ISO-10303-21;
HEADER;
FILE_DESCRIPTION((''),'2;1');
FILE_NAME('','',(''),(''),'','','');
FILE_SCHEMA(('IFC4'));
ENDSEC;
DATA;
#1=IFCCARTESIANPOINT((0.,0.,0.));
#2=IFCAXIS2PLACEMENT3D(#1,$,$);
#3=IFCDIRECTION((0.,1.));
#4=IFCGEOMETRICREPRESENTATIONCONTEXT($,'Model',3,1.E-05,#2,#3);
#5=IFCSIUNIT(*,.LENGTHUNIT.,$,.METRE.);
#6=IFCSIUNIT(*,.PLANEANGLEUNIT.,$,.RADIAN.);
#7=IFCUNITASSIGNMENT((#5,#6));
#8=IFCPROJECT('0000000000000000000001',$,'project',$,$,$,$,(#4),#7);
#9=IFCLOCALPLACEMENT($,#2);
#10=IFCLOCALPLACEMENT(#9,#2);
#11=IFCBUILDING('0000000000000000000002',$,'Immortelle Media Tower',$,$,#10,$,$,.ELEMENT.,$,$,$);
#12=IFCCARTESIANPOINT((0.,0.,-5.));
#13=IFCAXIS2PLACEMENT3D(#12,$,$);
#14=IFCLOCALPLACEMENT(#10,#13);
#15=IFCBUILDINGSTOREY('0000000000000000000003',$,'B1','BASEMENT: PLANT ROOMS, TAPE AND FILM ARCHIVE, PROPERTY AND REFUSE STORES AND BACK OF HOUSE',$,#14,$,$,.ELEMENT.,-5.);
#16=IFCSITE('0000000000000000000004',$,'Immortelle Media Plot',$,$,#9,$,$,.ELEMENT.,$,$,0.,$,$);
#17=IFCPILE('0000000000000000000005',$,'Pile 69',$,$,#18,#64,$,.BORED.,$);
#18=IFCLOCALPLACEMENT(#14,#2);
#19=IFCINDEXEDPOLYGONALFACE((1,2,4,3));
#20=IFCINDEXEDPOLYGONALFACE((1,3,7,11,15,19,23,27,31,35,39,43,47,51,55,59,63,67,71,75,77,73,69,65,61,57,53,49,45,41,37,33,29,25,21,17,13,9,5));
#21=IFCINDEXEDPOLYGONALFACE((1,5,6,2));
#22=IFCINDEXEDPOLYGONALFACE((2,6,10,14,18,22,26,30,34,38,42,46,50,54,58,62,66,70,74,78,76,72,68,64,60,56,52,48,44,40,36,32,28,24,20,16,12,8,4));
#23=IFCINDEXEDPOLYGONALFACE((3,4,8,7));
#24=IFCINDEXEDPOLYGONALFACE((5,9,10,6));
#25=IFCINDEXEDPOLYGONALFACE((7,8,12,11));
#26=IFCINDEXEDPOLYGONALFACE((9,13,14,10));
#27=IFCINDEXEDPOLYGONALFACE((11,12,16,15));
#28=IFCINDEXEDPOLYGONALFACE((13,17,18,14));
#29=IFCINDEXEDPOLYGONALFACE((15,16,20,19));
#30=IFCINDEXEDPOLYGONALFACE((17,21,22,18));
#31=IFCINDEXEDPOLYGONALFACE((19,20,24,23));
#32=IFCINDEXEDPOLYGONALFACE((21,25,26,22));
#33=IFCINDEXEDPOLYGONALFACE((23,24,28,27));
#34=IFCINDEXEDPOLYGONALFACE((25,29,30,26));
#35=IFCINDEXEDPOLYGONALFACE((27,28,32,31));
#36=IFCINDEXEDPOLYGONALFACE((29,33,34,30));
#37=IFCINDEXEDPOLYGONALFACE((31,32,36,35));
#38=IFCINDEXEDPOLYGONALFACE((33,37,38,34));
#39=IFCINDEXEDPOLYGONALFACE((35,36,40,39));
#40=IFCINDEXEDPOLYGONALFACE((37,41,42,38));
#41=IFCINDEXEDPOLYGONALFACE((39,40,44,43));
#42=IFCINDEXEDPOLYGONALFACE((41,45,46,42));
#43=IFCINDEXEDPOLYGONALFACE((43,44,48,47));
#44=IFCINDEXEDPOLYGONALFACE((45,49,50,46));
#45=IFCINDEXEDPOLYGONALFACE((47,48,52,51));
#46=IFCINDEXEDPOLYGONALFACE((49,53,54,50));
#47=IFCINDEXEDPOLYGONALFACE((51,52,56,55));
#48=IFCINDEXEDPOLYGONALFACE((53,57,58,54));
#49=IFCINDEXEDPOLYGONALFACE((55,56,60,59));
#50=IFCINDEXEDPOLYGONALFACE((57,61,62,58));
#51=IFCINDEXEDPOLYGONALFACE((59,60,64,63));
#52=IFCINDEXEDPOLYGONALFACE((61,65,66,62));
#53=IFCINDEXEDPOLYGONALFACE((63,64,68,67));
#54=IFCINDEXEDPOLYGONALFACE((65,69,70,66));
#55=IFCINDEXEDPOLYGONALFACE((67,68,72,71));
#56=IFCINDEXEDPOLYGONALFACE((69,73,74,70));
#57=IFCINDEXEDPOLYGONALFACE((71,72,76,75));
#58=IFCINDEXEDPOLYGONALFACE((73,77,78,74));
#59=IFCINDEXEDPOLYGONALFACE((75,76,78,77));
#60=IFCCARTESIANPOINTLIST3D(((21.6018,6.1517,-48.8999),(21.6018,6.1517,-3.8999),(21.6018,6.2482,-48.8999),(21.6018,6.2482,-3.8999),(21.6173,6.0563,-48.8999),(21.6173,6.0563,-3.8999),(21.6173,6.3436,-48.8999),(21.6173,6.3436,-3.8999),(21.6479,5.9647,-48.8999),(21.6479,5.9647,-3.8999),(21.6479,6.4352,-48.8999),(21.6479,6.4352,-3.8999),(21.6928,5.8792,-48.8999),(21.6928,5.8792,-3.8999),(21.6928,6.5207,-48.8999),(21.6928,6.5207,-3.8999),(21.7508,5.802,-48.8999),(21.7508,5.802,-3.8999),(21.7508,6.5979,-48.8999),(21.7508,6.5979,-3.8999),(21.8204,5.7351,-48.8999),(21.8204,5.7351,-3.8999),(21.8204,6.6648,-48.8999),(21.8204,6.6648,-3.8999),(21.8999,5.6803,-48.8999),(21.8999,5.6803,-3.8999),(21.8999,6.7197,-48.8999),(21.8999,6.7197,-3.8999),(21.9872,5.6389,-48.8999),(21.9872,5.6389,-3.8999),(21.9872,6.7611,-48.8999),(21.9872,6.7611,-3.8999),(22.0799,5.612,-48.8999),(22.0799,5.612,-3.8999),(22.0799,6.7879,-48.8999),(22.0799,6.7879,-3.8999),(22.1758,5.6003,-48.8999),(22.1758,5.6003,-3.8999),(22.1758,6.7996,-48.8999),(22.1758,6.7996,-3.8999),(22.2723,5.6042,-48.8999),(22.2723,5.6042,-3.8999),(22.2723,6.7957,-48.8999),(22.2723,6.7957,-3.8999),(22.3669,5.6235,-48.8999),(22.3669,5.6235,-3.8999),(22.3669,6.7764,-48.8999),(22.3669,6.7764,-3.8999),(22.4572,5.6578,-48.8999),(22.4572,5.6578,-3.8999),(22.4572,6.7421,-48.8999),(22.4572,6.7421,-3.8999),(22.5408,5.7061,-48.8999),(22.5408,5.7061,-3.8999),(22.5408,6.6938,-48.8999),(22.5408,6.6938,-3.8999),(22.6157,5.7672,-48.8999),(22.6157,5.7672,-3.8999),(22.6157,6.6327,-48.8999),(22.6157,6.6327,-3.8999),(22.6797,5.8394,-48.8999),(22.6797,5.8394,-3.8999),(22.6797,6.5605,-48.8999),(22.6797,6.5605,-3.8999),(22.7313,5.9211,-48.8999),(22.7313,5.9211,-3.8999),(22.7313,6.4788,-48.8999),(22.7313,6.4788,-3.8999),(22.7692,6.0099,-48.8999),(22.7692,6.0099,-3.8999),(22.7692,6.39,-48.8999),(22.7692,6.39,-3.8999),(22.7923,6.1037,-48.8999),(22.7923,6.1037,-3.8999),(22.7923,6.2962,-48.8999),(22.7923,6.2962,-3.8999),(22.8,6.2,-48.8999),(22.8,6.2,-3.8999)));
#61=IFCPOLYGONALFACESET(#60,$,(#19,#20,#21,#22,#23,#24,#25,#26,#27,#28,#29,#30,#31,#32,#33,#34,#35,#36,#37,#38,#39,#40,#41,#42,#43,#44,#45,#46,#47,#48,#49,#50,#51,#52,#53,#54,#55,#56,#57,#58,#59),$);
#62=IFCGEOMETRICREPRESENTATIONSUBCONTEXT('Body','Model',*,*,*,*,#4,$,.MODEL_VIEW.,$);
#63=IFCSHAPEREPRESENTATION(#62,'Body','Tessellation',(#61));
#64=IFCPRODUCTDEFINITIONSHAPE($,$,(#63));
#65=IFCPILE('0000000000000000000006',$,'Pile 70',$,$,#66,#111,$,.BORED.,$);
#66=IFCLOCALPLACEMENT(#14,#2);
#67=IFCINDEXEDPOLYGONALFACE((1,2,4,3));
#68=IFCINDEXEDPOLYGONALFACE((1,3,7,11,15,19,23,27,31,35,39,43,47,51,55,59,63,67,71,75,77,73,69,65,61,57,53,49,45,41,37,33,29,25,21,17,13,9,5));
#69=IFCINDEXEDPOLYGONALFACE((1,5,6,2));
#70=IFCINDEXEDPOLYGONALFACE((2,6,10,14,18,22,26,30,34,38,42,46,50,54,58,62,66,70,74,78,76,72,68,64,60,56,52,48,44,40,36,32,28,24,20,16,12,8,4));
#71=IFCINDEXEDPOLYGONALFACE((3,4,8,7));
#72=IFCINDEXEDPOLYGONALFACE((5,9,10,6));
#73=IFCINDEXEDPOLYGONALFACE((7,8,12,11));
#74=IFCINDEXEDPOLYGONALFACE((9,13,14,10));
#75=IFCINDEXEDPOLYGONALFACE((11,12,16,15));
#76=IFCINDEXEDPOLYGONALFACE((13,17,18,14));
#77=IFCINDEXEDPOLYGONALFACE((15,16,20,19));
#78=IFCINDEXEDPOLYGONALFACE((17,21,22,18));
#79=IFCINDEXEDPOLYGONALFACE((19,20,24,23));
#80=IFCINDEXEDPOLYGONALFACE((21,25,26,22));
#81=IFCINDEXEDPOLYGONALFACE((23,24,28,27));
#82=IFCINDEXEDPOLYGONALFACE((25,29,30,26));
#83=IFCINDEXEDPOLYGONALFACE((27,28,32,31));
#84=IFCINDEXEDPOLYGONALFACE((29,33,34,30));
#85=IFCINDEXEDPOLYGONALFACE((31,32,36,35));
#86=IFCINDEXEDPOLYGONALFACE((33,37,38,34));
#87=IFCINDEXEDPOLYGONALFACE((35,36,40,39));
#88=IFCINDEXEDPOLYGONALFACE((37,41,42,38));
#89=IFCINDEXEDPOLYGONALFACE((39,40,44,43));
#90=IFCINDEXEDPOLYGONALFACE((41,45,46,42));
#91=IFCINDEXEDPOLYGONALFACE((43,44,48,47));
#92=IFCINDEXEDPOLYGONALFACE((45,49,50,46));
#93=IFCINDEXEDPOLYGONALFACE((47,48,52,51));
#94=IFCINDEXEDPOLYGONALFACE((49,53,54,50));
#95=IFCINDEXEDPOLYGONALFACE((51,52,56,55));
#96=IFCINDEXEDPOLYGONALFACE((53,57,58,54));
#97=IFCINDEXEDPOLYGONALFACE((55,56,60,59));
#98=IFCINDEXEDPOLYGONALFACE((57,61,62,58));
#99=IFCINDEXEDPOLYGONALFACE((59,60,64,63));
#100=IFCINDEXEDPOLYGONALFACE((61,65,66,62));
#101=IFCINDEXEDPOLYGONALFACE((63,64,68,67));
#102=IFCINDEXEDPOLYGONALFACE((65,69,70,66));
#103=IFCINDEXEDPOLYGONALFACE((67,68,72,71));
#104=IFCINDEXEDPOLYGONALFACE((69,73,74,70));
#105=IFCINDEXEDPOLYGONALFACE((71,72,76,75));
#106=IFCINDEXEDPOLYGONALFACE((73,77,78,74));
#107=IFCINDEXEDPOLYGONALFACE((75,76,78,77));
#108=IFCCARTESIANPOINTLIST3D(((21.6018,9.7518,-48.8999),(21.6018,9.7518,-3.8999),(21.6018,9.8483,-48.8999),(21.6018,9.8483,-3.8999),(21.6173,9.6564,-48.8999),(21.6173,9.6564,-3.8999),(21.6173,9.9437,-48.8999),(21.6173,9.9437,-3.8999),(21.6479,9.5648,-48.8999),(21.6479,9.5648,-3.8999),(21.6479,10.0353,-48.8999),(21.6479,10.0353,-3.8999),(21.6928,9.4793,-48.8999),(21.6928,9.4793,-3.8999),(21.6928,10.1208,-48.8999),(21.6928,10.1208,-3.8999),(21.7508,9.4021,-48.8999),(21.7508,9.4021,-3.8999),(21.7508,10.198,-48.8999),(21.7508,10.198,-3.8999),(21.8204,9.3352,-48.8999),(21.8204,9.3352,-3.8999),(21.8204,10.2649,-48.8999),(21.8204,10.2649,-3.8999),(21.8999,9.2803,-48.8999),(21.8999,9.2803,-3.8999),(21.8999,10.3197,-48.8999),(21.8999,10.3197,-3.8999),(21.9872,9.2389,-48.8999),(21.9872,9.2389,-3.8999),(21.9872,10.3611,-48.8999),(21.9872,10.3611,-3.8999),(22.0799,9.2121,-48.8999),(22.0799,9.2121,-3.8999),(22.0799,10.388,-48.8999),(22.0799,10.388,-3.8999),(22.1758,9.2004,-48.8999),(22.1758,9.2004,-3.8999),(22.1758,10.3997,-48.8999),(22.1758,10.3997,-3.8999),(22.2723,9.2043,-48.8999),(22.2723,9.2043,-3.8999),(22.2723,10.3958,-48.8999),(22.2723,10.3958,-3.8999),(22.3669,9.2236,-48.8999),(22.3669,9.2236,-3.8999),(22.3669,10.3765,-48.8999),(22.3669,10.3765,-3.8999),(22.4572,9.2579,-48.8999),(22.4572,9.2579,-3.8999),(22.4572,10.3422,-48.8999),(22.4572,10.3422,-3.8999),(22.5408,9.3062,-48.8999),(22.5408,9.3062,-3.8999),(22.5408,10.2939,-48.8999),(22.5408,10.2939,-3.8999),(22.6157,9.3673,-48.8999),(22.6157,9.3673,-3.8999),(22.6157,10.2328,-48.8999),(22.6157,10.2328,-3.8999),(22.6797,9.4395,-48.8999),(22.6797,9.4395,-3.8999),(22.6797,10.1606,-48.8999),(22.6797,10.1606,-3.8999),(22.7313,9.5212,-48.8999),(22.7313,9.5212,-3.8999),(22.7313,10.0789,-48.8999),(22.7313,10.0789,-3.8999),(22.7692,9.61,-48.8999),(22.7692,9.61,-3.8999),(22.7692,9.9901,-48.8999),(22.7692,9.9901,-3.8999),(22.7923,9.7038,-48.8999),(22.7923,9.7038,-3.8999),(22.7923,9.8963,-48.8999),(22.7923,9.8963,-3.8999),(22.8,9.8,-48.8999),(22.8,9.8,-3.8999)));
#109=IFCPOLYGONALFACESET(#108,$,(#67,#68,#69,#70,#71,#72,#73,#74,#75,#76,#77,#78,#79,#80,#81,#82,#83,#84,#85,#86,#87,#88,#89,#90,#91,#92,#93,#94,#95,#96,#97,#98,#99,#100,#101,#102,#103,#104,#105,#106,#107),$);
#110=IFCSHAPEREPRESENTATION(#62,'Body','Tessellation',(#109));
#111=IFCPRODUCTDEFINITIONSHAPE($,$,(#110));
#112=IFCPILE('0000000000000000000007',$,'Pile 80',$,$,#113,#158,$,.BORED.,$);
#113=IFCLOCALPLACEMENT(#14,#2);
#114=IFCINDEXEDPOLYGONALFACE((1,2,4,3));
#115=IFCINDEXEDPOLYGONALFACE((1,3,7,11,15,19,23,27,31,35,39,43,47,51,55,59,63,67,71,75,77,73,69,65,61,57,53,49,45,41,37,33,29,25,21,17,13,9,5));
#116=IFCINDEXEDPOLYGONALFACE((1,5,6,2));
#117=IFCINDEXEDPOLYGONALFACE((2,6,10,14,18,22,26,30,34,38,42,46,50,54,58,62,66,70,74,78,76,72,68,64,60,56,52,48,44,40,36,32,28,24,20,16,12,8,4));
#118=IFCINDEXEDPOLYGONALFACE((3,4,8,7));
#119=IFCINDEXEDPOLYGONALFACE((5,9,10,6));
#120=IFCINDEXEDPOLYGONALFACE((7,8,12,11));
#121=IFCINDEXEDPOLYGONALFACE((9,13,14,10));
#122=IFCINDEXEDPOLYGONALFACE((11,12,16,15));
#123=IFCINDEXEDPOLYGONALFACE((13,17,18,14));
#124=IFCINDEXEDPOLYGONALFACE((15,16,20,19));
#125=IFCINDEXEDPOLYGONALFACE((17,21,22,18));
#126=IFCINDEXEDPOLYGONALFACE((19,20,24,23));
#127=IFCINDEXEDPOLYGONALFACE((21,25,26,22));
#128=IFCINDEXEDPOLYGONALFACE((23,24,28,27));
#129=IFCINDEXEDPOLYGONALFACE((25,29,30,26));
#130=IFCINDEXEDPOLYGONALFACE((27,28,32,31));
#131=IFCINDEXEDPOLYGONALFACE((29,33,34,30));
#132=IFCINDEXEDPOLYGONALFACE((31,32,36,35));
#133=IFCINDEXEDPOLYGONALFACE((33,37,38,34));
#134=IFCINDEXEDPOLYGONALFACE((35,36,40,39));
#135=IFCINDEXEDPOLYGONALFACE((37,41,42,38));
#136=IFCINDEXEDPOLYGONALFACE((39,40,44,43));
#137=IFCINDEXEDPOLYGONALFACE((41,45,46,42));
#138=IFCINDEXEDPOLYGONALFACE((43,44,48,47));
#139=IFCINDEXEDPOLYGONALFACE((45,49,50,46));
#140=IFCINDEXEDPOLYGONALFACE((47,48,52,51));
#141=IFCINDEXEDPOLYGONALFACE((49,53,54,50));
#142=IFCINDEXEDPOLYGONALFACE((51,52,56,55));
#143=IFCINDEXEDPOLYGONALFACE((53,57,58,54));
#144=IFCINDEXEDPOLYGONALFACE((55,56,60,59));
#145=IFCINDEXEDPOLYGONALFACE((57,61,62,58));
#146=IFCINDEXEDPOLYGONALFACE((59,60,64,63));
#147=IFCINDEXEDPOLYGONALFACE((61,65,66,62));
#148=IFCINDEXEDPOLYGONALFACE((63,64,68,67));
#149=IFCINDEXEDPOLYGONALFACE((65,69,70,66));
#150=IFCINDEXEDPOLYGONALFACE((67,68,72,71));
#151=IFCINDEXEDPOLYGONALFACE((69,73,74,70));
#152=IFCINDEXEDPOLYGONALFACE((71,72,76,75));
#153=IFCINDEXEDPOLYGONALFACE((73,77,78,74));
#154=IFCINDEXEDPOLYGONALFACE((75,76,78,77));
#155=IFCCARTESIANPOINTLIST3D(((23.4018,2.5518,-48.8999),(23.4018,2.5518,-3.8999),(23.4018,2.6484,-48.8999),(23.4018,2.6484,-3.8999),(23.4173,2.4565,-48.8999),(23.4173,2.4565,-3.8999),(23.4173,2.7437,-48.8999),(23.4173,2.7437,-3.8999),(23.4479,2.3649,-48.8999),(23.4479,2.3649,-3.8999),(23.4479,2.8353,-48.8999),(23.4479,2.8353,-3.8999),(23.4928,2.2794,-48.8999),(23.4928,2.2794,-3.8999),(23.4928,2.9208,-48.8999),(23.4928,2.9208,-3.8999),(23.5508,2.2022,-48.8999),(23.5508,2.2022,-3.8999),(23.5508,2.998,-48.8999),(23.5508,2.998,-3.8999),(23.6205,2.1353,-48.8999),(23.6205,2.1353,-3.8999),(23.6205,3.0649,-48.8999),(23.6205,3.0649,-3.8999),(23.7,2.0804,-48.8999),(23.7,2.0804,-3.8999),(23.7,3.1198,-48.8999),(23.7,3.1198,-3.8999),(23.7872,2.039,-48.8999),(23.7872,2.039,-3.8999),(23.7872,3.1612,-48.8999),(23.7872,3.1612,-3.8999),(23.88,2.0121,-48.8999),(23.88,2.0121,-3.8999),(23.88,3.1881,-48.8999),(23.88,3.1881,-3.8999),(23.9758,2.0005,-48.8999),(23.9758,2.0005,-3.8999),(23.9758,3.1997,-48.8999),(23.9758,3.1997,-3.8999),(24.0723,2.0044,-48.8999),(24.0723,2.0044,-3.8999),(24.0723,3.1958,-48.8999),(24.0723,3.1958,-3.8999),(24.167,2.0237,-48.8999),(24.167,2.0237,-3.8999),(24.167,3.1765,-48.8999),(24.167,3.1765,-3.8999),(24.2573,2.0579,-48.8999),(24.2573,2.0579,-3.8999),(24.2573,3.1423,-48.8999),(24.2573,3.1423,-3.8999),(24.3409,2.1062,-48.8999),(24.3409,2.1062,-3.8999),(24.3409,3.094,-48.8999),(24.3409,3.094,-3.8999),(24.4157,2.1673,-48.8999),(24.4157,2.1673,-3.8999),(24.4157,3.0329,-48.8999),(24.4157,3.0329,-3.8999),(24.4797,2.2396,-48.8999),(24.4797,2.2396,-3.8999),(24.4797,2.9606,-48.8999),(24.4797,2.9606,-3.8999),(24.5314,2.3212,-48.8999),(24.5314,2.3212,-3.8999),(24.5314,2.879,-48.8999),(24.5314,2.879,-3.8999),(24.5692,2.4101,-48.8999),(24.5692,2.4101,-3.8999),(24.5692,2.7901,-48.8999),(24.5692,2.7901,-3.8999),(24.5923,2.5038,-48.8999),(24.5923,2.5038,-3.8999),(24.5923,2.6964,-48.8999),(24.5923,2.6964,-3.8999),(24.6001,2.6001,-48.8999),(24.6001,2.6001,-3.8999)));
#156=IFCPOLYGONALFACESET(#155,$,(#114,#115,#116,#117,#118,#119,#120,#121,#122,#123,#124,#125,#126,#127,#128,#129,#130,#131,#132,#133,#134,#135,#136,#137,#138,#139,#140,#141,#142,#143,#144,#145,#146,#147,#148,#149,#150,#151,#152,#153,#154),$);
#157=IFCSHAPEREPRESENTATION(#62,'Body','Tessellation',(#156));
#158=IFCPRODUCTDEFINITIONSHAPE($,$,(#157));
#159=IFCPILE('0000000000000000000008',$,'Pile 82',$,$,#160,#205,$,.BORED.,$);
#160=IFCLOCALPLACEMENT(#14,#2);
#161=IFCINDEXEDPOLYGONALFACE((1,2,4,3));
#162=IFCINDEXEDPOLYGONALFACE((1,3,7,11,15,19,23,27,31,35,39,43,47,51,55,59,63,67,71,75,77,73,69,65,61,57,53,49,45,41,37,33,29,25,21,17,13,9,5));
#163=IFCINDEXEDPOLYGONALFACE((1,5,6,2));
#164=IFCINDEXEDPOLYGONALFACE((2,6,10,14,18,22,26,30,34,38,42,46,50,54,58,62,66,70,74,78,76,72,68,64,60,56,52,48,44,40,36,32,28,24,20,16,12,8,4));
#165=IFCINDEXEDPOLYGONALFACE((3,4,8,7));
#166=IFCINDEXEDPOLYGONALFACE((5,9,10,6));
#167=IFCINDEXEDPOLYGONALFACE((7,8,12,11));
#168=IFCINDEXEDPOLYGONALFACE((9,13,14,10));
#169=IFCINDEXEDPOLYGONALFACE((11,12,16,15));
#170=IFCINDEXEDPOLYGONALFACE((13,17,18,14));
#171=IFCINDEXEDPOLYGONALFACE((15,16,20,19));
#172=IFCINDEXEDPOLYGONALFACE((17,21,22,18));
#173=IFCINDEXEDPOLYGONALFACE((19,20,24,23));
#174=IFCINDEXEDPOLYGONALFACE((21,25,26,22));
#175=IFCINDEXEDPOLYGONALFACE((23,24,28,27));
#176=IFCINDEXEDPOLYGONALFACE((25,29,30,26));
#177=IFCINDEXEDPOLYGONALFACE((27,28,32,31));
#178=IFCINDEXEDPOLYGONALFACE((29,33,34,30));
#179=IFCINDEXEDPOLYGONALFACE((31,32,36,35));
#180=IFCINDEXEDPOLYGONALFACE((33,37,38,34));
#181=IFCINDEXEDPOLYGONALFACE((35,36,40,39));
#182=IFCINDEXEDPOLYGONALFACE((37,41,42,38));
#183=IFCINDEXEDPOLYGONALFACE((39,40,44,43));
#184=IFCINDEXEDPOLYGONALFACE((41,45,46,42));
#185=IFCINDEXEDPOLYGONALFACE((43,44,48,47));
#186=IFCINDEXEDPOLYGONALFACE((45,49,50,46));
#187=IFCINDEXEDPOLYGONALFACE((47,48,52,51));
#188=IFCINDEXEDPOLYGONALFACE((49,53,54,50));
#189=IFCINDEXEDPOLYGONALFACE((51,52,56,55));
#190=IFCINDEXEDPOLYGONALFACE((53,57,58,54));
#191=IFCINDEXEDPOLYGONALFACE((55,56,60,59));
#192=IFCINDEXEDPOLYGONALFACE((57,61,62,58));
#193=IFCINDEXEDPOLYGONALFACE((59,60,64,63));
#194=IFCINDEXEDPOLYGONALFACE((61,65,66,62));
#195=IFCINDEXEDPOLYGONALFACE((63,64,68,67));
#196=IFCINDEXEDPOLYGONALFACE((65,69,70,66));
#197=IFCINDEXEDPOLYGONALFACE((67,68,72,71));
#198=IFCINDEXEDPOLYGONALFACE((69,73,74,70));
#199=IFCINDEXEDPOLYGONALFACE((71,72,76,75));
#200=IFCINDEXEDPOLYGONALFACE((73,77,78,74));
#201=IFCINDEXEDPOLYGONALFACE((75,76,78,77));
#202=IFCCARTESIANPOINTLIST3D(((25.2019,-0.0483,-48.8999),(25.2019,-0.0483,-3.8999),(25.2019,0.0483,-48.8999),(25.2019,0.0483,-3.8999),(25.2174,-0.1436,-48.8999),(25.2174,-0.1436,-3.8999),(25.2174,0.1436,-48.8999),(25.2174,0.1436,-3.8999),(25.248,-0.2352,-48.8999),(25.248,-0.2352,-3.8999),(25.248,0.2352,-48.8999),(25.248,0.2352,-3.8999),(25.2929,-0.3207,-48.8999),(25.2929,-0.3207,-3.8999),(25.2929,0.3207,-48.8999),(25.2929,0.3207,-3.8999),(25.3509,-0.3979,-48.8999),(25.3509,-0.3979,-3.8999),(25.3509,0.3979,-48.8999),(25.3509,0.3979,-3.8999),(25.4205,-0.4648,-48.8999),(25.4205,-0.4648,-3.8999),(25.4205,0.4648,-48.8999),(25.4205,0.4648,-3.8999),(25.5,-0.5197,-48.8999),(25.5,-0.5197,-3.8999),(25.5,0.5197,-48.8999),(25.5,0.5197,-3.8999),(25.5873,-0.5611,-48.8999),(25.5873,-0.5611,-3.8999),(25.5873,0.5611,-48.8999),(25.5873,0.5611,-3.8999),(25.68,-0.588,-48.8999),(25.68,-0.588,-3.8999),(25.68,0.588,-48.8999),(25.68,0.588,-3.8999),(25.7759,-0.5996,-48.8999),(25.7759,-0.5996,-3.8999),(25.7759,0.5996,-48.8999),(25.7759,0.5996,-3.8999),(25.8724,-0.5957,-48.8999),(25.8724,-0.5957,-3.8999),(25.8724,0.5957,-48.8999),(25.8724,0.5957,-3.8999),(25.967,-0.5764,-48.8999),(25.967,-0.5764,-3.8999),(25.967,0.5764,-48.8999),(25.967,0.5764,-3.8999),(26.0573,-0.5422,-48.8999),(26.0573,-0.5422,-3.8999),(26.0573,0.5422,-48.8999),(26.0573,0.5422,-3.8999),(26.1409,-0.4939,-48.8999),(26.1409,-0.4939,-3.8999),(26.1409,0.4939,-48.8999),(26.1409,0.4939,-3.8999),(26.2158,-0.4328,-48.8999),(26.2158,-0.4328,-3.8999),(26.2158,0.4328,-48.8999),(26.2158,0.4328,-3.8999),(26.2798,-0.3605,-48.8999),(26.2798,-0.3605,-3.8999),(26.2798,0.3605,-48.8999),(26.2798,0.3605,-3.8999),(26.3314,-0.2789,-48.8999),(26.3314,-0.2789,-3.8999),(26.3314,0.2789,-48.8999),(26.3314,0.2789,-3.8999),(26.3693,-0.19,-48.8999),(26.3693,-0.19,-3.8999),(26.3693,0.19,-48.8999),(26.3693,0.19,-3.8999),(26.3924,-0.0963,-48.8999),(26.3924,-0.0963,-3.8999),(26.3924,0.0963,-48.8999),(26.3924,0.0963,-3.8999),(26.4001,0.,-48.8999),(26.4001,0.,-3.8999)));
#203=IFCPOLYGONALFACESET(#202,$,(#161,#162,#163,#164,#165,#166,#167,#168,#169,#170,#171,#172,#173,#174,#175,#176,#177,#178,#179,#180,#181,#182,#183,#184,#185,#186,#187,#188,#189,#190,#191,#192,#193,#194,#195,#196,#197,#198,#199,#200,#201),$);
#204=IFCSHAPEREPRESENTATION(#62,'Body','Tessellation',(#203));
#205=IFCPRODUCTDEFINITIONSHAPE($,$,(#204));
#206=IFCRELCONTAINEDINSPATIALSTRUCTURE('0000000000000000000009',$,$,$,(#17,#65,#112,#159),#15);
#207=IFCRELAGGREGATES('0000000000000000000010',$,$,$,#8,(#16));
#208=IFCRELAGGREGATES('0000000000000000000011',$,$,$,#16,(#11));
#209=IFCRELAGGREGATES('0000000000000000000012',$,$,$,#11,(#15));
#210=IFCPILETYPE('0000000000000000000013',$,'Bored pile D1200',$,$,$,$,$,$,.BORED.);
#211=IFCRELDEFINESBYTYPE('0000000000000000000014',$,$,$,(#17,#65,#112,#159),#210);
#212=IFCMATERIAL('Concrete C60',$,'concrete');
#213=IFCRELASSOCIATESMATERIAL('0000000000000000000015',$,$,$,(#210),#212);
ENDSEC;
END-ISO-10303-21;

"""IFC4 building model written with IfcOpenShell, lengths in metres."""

from ifc_helpers import new_model, si_unit, direction, frame, origin, origin_2d, place, context, subcontext, project, spatial, circle, extrude, material, material_profile, profile_set, type_object, element, save


model = new_model("IFC4")

# Units and contexts
model_context = context("Model", 3, precision=1e-05, world=origin(), true_north=direction((0.0, 1.0)))
body_context = subcontext(model_context, "Body", "Model", "MODEL_VIEW")
ifc_project = project(units=[si_unit("LENGTHUNIT", "METRE"), si_unit("PLANEANGLEUNIT", "RADIAN")], contexts=[model_context])

# Site, building, storey
site_placement = place(None, origin())
site = spatial("IfcSite", under=ifc_project, at=site_placement, Name="Immortelle Media Plot", CompositionType="ELEMENT", RefElevation=0.0)
building_placement = place(site_placement, origin())
building = spatial("IfcBuilding", under=site, at=building_placement, Name="Immortelle Media Tower", CompositionType="ELEMENT")
storey_placement = place(building_placement, frame((0.0, 0.0, -5.0)))
storey = spatial("IfcBuildingStorey", under=building, at=storey_placement, Name="B1", Description="BASEMENT: PLANT ROOMS, TAPE AND FILM ARCHIVE, PROPERTY AND REFUSE STORES AND BACK OF HOUSE", CompositionType="ELEMENT", Elevation=-5.0)

# Piles
ifc_material_1 = material(Name="Concrete C60", Category="concrete")
ifc_material_profile_1 = material_profile(ifc_material_1, circle(Radius=0.6001, at=origin_2d()), Name="Bored pile D1200")
ifc_profile_set_1 = profile_set([ifc_material_profile_1], Name="Concrete C60")
pile_type = type_object("IfcPileType", Name="Bored pile D1200", PredefinedType="BORED", material=ifc_profile_set_1)
for number, where, z_axis, x_axis, name in (
    (1, (22.2, 6.2, -3.8999), (0.0, 0.0, -1.0), (1.0, 0.0, 0.0), "Pile 69"),
    (2, (22.2, 9.8, -3.8999), (0.0, 0.0, -1.0), (1.0, 0.0, 0.0), "Pile 70"),
    (3, (24.0, 2.6001, -3.8999), (0.0, 0.0, -1.0), (1.0, 0.0, 0.0), "Pile 80"),
    (4, (25.8, 0.0, -3.8999), (0.0, 0.0, -1.0), (1.0, 0.0, 0.0), "Pile 82"),
):
    element("IfcPile", number, at=place(storey_placement, frame(where, z_axis=z_axis, x_axis=x_axis)), inside=storey, type_object=pile_type, Name=name, PredefinedType="BORED", context=body_context, shape_type="SweptSolid", body=[
        extrude(circle(Radius=0.6001, at=origin_2d()), origin(), (0.0, 0.0, 1.0), 45.0),
    ])

save(model, "model.ifc")
